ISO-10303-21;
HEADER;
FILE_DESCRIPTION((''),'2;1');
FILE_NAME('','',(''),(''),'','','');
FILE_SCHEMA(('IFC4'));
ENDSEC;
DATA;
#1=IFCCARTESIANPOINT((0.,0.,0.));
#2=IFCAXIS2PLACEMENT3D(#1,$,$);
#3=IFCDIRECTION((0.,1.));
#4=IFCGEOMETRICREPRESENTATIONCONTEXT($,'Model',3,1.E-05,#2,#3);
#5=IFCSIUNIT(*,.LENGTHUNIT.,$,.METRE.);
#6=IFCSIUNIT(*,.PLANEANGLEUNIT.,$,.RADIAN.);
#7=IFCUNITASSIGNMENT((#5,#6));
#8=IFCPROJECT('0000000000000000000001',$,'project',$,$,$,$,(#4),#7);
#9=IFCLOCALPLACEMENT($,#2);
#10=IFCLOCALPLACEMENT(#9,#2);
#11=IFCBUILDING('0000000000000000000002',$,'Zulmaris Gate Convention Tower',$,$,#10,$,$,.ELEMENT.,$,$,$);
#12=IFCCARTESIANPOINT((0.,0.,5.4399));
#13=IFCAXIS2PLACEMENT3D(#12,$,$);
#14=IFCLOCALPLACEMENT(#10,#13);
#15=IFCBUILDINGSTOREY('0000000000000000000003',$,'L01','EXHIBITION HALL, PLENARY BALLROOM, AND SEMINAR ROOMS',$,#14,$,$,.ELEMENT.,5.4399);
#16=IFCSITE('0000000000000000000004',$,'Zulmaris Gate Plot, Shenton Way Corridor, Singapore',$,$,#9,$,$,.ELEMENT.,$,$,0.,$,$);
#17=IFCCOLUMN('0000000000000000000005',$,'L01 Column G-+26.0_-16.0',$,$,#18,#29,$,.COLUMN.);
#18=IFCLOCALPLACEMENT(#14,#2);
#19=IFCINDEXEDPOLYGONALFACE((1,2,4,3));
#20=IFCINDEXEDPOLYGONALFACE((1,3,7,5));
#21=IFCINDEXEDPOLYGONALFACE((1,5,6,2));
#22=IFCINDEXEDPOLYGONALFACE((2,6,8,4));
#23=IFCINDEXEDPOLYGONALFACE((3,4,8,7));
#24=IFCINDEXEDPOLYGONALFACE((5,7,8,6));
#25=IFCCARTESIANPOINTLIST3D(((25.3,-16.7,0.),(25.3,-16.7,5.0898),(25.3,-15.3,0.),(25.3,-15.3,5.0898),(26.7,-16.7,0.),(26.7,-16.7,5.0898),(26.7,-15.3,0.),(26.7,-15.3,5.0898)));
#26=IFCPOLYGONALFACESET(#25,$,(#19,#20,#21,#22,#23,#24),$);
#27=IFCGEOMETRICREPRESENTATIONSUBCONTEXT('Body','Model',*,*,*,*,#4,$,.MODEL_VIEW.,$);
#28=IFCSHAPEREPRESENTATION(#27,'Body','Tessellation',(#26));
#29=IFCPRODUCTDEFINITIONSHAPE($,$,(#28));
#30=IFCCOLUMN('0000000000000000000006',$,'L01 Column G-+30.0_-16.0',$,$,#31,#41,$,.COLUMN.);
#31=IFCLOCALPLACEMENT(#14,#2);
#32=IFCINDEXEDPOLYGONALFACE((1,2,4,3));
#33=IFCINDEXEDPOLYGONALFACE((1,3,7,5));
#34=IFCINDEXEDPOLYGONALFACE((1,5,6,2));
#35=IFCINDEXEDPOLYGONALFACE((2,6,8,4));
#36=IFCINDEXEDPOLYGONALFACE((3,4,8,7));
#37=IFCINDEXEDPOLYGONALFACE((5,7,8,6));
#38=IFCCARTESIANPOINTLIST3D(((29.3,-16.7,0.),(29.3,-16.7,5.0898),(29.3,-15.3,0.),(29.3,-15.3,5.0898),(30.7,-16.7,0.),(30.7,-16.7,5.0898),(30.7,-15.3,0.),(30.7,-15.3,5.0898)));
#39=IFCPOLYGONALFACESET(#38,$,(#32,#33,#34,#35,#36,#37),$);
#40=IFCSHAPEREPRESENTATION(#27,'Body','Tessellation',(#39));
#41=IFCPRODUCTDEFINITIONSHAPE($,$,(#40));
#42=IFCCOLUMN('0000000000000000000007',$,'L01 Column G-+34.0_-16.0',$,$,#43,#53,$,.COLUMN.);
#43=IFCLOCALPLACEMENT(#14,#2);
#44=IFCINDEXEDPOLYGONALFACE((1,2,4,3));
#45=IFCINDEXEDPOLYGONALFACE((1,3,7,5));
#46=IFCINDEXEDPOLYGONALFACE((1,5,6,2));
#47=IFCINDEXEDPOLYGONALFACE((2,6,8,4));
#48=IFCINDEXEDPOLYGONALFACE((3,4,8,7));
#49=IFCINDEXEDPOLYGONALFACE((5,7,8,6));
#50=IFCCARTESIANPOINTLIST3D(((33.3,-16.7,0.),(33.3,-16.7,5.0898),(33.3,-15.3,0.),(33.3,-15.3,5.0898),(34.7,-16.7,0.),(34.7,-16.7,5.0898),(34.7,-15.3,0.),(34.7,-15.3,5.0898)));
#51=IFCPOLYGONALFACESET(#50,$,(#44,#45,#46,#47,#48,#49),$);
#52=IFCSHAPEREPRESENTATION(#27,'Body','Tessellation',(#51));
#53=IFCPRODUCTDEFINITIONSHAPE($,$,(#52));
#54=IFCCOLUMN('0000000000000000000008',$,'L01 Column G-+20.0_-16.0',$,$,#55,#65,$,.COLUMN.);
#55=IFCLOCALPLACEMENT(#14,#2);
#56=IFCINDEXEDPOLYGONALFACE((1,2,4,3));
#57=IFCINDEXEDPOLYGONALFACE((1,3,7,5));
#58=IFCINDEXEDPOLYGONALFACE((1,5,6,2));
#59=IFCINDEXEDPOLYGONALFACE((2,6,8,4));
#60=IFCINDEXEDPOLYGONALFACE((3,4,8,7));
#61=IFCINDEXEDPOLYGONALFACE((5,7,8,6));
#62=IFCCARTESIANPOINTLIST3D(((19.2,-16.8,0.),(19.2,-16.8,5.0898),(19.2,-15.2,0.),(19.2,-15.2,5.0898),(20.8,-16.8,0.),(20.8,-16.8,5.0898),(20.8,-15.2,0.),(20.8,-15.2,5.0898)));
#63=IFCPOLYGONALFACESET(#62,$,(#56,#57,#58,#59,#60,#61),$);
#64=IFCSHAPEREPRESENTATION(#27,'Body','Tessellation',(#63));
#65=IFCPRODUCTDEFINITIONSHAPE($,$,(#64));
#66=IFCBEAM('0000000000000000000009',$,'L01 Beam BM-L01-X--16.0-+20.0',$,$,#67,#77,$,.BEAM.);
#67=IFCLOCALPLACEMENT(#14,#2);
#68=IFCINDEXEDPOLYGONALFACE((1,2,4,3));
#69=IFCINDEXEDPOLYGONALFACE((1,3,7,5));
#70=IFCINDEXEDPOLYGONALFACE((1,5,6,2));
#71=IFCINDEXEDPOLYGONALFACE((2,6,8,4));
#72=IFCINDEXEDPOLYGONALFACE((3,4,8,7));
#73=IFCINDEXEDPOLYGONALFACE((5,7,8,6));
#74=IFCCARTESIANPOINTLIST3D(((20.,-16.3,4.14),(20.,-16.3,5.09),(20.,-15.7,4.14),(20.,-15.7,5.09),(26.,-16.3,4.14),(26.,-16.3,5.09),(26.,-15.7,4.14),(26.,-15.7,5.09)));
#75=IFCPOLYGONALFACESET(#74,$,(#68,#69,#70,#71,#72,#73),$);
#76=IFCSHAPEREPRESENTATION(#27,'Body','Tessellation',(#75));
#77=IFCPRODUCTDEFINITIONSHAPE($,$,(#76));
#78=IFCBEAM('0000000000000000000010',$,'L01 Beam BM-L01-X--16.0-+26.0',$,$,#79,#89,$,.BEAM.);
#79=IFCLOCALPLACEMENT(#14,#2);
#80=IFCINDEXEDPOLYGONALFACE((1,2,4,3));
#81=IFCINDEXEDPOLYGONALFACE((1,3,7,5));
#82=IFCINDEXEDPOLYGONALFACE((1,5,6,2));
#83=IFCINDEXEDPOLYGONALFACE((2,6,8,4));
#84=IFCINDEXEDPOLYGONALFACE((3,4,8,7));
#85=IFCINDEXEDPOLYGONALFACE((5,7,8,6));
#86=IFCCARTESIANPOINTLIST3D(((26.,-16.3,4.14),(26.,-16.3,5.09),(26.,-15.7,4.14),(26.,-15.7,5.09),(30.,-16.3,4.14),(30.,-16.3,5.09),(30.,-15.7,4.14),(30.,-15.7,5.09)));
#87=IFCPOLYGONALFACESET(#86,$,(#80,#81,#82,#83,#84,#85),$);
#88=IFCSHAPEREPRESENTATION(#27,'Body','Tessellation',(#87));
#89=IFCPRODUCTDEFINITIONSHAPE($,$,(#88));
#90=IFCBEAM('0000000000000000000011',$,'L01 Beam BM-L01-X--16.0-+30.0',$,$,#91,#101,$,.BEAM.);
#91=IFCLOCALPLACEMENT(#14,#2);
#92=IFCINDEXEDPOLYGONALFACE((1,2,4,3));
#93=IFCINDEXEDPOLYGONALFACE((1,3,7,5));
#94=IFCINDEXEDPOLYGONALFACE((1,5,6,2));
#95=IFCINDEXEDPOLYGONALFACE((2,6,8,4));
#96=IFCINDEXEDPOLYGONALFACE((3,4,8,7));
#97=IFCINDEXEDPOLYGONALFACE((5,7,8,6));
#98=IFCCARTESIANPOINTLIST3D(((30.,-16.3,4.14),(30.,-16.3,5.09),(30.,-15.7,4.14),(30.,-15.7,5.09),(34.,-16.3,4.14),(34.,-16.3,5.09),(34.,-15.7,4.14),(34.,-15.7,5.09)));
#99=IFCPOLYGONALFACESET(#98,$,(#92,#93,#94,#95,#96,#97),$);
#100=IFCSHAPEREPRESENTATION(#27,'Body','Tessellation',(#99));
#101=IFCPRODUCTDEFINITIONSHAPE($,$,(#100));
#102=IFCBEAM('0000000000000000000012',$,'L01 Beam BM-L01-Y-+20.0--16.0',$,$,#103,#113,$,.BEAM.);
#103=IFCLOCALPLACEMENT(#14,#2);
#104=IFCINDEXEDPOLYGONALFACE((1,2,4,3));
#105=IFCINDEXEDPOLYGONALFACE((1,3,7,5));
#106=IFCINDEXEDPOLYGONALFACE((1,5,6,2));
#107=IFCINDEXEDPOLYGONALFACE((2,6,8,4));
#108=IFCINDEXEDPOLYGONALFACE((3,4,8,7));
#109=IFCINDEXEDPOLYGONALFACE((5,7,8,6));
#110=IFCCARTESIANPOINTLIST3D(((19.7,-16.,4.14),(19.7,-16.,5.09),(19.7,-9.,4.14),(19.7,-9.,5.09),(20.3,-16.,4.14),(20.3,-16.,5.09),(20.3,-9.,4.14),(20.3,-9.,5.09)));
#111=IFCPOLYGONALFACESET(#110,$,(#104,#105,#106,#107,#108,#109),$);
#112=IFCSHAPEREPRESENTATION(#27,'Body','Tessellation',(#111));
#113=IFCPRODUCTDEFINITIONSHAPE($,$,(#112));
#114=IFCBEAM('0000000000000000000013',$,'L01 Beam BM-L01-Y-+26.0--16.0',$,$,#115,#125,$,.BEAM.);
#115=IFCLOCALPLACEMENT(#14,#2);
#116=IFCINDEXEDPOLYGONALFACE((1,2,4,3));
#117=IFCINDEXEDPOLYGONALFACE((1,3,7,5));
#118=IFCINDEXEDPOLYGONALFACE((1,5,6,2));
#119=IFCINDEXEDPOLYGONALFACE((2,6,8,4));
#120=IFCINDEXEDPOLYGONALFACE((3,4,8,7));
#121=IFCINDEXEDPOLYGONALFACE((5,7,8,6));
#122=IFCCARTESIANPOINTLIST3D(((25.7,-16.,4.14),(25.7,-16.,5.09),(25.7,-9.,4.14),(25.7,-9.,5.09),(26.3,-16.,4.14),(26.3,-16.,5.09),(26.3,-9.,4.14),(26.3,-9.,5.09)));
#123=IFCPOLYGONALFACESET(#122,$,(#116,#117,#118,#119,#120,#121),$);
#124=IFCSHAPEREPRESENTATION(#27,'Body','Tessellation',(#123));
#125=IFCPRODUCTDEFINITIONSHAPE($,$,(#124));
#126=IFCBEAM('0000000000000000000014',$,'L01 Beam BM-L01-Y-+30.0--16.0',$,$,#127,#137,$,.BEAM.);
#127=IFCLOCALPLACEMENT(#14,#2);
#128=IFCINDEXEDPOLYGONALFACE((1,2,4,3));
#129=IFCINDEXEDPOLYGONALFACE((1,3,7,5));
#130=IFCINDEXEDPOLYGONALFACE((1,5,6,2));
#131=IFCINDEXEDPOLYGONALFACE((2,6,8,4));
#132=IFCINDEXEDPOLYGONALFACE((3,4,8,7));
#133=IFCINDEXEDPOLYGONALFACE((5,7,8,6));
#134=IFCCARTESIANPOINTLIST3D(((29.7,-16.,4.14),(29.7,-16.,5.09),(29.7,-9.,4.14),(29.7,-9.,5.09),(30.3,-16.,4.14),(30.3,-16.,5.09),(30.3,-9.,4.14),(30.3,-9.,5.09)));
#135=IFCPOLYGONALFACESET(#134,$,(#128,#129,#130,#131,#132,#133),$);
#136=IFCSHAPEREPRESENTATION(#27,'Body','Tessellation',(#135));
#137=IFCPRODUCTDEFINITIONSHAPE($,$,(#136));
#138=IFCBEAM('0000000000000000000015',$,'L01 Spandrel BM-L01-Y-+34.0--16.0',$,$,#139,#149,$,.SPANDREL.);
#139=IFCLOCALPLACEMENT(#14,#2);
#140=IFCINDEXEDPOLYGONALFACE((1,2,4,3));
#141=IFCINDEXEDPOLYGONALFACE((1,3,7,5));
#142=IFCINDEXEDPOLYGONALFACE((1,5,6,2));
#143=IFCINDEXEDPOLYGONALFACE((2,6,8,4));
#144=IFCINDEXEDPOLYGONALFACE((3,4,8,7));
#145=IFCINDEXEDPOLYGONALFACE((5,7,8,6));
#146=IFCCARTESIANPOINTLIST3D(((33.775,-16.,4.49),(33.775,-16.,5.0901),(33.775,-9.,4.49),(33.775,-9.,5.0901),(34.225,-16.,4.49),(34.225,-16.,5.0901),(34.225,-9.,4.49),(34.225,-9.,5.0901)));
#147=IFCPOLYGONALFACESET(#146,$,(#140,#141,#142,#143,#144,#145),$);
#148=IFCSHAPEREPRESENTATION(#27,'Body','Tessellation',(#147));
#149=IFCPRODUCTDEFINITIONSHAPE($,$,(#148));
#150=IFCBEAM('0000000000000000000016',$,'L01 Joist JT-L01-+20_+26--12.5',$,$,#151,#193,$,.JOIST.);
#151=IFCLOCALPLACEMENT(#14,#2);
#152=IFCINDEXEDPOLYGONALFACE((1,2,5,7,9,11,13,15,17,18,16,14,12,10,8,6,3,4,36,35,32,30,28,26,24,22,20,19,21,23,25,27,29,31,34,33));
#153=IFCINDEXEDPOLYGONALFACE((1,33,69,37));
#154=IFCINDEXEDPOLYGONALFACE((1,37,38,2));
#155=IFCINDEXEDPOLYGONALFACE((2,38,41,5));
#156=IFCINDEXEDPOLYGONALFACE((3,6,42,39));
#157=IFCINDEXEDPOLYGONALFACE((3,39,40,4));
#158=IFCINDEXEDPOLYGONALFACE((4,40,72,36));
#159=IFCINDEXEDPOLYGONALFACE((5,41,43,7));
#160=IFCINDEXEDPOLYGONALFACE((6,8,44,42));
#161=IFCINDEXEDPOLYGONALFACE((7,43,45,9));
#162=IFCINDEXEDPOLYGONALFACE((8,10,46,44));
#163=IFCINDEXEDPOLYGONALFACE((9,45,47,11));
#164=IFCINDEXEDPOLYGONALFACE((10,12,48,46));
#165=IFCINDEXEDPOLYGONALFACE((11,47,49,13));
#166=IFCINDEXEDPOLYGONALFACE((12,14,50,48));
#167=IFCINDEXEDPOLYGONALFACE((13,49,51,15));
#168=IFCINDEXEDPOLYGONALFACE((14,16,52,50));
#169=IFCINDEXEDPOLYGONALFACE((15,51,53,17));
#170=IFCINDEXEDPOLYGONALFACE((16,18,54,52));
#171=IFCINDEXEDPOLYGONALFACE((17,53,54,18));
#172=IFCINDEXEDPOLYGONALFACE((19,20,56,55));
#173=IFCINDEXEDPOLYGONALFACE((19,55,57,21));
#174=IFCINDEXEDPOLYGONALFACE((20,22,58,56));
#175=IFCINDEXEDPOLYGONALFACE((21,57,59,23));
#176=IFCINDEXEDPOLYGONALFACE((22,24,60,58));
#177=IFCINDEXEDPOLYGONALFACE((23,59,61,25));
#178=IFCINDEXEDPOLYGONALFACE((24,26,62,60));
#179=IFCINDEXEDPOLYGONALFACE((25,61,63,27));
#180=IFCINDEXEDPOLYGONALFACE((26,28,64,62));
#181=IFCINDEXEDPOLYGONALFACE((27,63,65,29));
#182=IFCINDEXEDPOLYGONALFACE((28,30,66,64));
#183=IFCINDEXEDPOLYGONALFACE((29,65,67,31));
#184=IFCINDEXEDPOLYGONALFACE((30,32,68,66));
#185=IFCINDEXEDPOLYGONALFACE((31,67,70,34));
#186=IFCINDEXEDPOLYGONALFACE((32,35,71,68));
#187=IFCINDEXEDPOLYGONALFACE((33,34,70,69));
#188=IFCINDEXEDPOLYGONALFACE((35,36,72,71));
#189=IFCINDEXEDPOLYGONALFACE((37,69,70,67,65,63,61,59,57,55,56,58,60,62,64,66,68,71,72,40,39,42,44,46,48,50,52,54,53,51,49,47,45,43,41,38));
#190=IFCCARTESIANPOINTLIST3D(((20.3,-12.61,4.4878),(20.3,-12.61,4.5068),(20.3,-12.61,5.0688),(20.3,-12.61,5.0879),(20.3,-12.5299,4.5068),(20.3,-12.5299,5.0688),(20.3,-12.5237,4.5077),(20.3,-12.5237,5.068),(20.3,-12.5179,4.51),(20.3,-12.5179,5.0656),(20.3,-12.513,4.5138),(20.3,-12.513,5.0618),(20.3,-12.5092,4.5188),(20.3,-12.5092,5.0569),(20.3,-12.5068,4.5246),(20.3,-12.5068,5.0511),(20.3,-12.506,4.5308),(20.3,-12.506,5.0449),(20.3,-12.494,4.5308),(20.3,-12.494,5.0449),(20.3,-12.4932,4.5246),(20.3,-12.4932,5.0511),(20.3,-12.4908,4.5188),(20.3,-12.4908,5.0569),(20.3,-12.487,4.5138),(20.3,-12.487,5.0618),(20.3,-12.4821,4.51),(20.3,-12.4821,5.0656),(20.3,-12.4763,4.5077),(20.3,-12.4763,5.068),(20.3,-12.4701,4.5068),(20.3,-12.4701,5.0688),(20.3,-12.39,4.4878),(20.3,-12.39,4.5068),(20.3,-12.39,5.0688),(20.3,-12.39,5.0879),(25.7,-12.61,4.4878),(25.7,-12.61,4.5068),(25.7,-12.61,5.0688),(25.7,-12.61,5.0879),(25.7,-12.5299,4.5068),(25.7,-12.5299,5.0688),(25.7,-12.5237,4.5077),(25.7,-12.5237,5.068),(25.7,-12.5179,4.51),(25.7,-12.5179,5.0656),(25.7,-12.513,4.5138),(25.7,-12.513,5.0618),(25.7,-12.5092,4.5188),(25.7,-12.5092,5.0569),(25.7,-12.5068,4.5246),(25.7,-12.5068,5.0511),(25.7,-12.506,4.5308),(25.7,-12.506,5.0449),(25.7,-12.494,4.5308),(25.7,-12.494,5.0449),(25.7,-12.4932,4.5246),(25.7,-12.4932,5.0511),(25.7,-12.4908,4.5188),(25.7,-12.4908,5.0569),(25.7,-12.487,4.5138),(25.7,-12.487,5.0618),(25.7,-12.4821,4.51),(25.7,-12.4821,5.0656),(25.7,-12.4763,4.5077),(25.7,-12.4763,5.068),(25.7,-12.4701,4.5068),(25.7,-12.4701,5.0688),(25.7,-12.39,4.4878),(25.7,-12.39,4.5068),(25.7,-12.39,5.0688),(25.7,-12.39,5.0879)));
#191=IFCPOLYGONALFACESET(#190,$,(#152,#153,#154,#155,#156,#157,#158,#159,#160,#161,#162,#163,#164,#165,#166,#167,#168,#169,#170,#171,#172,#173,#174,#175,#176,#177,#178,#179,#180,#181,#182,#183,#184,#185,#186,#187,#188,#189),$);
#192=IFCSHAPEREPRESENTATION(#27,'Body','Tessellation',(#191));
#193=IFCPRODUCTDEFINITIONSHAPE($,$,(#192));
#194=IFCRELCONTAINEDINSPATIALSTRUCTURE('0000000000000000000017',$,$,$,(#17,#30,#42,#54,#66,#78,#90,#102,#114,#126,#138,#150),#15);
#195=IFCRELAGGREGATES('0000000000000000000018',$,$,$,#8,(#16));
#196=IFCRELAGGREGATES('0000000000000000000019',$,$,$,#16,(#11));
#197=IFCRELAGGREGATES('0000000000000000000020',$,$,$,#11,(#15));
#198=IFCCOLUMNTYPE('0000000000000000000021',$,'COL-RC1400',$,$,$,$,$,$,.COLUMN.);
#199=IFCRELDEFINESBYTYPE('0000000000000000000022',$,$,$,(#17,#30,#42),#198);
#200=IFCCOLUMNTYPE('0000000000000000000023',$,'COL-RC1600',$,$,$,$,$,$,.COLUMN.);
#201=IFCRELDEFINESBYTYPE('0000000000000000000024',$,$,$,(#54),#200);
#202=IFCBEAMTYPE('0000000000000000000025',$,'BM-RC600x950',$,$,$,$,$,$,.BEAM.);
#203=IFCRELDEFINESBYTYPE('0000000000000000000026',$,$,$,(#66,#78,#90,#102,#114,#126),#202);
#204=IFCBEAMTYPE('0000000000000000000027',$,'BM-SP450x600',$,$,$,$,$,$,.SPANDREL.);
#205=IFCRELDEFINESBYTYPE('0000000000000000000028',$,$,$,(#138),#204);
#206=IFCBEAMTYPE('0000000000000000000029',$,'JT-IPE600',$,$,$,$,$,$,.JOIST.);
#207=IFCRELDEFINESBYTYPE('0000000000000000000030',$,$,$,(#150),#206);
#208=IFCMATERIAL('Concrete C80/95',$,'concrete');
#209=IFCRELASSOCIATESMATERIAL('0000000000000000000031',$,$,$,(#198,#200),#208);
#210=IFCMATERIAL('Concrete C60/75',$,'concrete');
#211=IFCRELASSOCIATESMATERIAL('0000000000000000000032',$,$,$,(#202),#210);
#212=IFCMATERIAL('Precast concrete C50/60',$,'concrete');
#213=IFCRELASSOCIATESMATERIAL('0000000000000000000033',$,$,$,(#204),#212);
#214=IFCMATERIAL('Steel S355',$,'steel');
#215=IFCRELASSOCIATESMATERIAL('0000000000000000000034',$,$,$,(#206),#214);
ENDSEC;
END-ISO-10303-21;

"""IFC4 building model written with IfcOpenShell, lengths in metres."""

from ifc_helpers import new_model, si_unit, direction, frame, origin, origin_2d, place, context, subcontext, project, spatial, rectangle, i_section, extrude, material, material_profile, profile_set, type_object, element, save


model = new_model("IFC4")

# Units and contexts
model_context = context("Model", 3, precision=1e-05, world=origin(), true_north=direction((0.0, 1.0)))
body_context = subcontext(model_context, "Body", "Model", "MODEL_VIEW")
ifc_project = project(units=[si_unit("LENGTHUNIT", "METRE"), si_unit("PLANEANGLEUNIT", "RADIAN")], contexts=[model_context])

# Site, building, storey
site_placement = place(None, origin())
site = spatial("IfcSite", under=ifc_project, at=site_placement, Name="Zulmaris Gate Plot, Shenton Way Corridor, Singapore", CompositionType="ELEMENT", RefElevation=0.0)
building_placement = place(site_placement, origin())
building = spatial("IfcBuilding", under=site, at=building_placement, Name="Zulmaris Gate Convention Tower", CompositionType="ELEMENT")
storey_placement = place(building_placement, frame((0.0, 0.0, 5.4399)))
storey = spatial("IfcBuildingStorey", under=building, at=storey_placement, Name="L01", Description="EXHIBITION HALL, PLENARY BALLROOM, AND SEMINAR ROOMS", CompositionType="ELEMENT", Elevation=5.4399)

# Columns
ifc_material_1 = material(Name="Concrete C80/95", Category="concrete")
ifc_material_profile_1 = material_profile(ifc_material_1, rectangle(XDim=1.3999, YDim=1.3999, at=origin_2d()), Name="RC COL 1400x1400")
ifc_profile_set_1 = profile_set([ifc_material_profile_1], Name="Concrete C80/95")
column_type_1 = type_object("IfcColumnType", Name="COL-RC1400", PredefinedType="COLUMN", material=ifc_profile_set_1)
for number, where, z_axis, x_axis, name in (
    (1, (26.0, -16.0, 0.0), (0.0, 0.0, 1.0), (1.0, 0.0, 0.0), "L01 Column G-+26.0_-16.0"),
    (2, (30.0, -16.0, 0.0), (0.0, 0.0, 1.0), (1.0, 0.0, 0.0), "L01 Column G-+30.0_-16.0"),
    (3, (34.0, -16.0, 0.0), (0.0, 0.0, 1.0), (1.0, 0.0, 0.0), "L01 Column G-+34.0_-16.0"),
):
    element("IfcColumn", number, at=place(storey_placement, frame(where, z_axis=z_axis, x_axis=x_axis)), inside=storey, type_object=column_type_1, Name=name, PredefinedType="COLUMN", context=body_context, shape_type="SweptSolid", body=[
        extrude(rectangle(XDim=1.3999, YDim=1.3999, at=origin_2d()), origin(), (0.0, 0.0, 1.0), 5.0898),
    ])
ifc_material_profile_2 = material_profile(ifc_material_1, rectangle(XDim=1.6001, YDim=1.6001, at=origin_2d()), Name="RC COL 1600x1600")
ifc_profile_set_2 = profile_set([ifc_material_profile_2], Name="Concrete C80/95")
column_type_2 = type_object("IfcColumnType", Name="COL-RC1600", PredefinedType="COLUMN", material=ifc_profile_set_2)
column_placement = place(storey_placement, frame((20.0, -16.0, 0.0), z_axis=(0.0, 0.0, 1.0), x_axis=(1.0, 0.0, 0.0)))
element("IfcColumn", 4, at=column_placement, inside=storey, type_object=column_type_2, Name="L01 Column G-+20.0_-16.0", PredefinedType="COLUMN", context=body_context, shape_type="SweptSolid", body=[
    extrude(rectangle(XDim=1.6001, YDim=1.6001, at=origin_2d()), origin(), (0.0, 0.0, 1.0), 5.0898),
])

# Beams
ifc_material_2 = material(Name="Concrete C60/75", Category="concrete")
ifc_material_profile_3 = material_profile(ifc_material_2, rectangle(XDim=0.6001, YDim=0.95, at=origin_2d()), Name="RC BEAM 600x950")
ifc_profile_set_3 = profile_set([ifc_material_profile_3], Name="Concrete C60/75")
beam_type_1 = type_object("IfcBeamType", Name="BM-RC600x950", PredefinedType="BEAM", material=ifc_profile_set_3)
beam_1_placement = place(storey_placement, frame((20.0, -16.0, 4.615), z_axis=(1.0, 0.0, 0.0), x_axis=(0.0, 1.0, 0.0)))
element("IfcBeam", 5, at=beam_1_placement, inside=storey, type_object=beam_type_1, Name="L01 Beam BM-L01-X--16.0-+20.0", PredefinedType="BEAM", context=body_context, shape_type="SweptSolid", body=[
    extrude(rectangle(XDim=0.6001, YDim=0.95, at=origin_2d()), origin(), (0.0, 0.0, 1.0), 6.0),
])
for number, where, z_axis, x_axis, name in (
    (6, (26.0, -16.0, 4.615), (1.0, 0.0, 0.0), (0.0, 1.0, 0.0), "L01 Beam BM-L01-X--16.0-+26.0"),
    (7, (30.0, -16.0, 4.615), (1.0, 0.0, 0.0), (0.0, 1.0, 0.0), "L01 Beam BM-L01-X--16.0-+30.0"),
):
    element("IfcBeam", number, at=place(storey_placement, frame(where, z_axis=z_axis, x_axis=x_axis)), inside=storey, type_object=beam_type_1, Name=name, PredefinedType="BEAM", context=body_context, shape_type="SweptSolid", body=[
        extrude(rectangle(XDim=0.6001, YDim=0.95, at=origin_2d()), origin(), (0.0, 0.0, 1.0), 4.0),
    ])
for number, where, z_axis, x_axis, name in (
    (8, (20.0, -16.0, 4.615), (0.0, 1.0, 0.0), (-1.0, 0.0, 0.0), "L01 Beam BM-L01-Y-+20.0--16.0"),
    (9, (26.0, -16.0, 4.615), (0.0, 1.0, 0.0), (-1.0, 0.0, 0.0), "L01 Beam BM-L01-Y-+26.0--16.0"),
    (10, (30.0, -16.0, 4.615), (0.0, 1.0, 0.0), (-1.0, 0.0, 0.0), "L01 Beam BM-L01-Y-+30.0--16.0"),
):
    element("IfcBeam", number, at=place(storey_placement, frame(where, z_axis=z_axis, x_axis=x_axis)), inside=storey, type_object=beam_type_1, Name=name, PredefinedType="BEAM", context=body_context, shape_type="SweptSolid", body=[
        extrude(rectangle(XDim=0.6001, YDim=0.95, at=origin_2d()), origin(), (0.0, 0.0, 1.0), 7.0),
    ])
ifc_material_3 = material(Name="Precast concrete C50/60", Category="concrete")
ifc_material_profile_4 = material_profile(ifc_material_3, rectangle(XDim=0.45, YDim=0.6001, at=origin_2d()), Name="RC SPANDREL 450x600")
ifc_profile_set_4 = profile_set([ifc_material_profile_4], Name="Precast concrete C50/60")
beam_type_2 = type_object("IfcBeamType", Name="BM-SP450x600", PredefinedType="SPANDREL", material=ifc_profile_set_4)
beam_2_placement = place(storey_placement, frame((34.0, -16.0, 4.79), z_axis=(0.0, 1.0, 0.0), x_axis=(-1.0, 0.0, 0.0)))
element("IfcBeam", 11, at=beam_2_placement, inside=storey, type_object=beam_type_2, Name="L01 Spandrel BM-L01-Y-+34.0--16.0", PredefinedType="SPANDREL", context=body_context, shape_type="SweptSolid", body=[
    extrude(rectangle(XDim=0.45, YDim=0.6001, at=origin_2d()), origin(), (0.0, 0.0, 1.0), 7.0),
])
ifc_material_4 = material(Name="Steel S355", Category="steel")
ifc_material_profile_5 = material_profile(ifc_material_4, i_section(OverallWidth=0.22, OverallDepth=0.6001, WebThickness=0.012, FlangeThickness=0.019, FilletRadius=0.0239, at=origin_2d()), Name="IPE 600")
ifc_profile_set_5 = profile_set([ifc_material_profile_5], Name="Steel S355")
beam_type_3 = type_object("IfcBeamType", Name="JT-IPE600", PredefinedType="JOIST", material=ifc_profile_set_5)
beam_3_placement = place(storey_placement, frame((20.3, -12.5, 4.7878), z_axis=(1.0, 0.0, 0.0), x_axis=(0.0, 1.0, 0.0)))
element("IfcBeam", 12, at=beam_3_placement, inside=storey, type_object=beam_type_3, Name="L01 Joist JT-L01-+20_+26--12.5", PredefinedType="JOIST", context=body_context, shape_type="SweptSolid", body=[
    extrude(i_section(OverallWidth=0.22, OverallDepth=0.6001, WebThickness=0.012, FlangeThickness=0.019, FilletRadius=0.0239, at=origin_2d()), origin(), (0.0, 0.0, 1.0), 5.3999),
])

save(model, "model.ifc")
